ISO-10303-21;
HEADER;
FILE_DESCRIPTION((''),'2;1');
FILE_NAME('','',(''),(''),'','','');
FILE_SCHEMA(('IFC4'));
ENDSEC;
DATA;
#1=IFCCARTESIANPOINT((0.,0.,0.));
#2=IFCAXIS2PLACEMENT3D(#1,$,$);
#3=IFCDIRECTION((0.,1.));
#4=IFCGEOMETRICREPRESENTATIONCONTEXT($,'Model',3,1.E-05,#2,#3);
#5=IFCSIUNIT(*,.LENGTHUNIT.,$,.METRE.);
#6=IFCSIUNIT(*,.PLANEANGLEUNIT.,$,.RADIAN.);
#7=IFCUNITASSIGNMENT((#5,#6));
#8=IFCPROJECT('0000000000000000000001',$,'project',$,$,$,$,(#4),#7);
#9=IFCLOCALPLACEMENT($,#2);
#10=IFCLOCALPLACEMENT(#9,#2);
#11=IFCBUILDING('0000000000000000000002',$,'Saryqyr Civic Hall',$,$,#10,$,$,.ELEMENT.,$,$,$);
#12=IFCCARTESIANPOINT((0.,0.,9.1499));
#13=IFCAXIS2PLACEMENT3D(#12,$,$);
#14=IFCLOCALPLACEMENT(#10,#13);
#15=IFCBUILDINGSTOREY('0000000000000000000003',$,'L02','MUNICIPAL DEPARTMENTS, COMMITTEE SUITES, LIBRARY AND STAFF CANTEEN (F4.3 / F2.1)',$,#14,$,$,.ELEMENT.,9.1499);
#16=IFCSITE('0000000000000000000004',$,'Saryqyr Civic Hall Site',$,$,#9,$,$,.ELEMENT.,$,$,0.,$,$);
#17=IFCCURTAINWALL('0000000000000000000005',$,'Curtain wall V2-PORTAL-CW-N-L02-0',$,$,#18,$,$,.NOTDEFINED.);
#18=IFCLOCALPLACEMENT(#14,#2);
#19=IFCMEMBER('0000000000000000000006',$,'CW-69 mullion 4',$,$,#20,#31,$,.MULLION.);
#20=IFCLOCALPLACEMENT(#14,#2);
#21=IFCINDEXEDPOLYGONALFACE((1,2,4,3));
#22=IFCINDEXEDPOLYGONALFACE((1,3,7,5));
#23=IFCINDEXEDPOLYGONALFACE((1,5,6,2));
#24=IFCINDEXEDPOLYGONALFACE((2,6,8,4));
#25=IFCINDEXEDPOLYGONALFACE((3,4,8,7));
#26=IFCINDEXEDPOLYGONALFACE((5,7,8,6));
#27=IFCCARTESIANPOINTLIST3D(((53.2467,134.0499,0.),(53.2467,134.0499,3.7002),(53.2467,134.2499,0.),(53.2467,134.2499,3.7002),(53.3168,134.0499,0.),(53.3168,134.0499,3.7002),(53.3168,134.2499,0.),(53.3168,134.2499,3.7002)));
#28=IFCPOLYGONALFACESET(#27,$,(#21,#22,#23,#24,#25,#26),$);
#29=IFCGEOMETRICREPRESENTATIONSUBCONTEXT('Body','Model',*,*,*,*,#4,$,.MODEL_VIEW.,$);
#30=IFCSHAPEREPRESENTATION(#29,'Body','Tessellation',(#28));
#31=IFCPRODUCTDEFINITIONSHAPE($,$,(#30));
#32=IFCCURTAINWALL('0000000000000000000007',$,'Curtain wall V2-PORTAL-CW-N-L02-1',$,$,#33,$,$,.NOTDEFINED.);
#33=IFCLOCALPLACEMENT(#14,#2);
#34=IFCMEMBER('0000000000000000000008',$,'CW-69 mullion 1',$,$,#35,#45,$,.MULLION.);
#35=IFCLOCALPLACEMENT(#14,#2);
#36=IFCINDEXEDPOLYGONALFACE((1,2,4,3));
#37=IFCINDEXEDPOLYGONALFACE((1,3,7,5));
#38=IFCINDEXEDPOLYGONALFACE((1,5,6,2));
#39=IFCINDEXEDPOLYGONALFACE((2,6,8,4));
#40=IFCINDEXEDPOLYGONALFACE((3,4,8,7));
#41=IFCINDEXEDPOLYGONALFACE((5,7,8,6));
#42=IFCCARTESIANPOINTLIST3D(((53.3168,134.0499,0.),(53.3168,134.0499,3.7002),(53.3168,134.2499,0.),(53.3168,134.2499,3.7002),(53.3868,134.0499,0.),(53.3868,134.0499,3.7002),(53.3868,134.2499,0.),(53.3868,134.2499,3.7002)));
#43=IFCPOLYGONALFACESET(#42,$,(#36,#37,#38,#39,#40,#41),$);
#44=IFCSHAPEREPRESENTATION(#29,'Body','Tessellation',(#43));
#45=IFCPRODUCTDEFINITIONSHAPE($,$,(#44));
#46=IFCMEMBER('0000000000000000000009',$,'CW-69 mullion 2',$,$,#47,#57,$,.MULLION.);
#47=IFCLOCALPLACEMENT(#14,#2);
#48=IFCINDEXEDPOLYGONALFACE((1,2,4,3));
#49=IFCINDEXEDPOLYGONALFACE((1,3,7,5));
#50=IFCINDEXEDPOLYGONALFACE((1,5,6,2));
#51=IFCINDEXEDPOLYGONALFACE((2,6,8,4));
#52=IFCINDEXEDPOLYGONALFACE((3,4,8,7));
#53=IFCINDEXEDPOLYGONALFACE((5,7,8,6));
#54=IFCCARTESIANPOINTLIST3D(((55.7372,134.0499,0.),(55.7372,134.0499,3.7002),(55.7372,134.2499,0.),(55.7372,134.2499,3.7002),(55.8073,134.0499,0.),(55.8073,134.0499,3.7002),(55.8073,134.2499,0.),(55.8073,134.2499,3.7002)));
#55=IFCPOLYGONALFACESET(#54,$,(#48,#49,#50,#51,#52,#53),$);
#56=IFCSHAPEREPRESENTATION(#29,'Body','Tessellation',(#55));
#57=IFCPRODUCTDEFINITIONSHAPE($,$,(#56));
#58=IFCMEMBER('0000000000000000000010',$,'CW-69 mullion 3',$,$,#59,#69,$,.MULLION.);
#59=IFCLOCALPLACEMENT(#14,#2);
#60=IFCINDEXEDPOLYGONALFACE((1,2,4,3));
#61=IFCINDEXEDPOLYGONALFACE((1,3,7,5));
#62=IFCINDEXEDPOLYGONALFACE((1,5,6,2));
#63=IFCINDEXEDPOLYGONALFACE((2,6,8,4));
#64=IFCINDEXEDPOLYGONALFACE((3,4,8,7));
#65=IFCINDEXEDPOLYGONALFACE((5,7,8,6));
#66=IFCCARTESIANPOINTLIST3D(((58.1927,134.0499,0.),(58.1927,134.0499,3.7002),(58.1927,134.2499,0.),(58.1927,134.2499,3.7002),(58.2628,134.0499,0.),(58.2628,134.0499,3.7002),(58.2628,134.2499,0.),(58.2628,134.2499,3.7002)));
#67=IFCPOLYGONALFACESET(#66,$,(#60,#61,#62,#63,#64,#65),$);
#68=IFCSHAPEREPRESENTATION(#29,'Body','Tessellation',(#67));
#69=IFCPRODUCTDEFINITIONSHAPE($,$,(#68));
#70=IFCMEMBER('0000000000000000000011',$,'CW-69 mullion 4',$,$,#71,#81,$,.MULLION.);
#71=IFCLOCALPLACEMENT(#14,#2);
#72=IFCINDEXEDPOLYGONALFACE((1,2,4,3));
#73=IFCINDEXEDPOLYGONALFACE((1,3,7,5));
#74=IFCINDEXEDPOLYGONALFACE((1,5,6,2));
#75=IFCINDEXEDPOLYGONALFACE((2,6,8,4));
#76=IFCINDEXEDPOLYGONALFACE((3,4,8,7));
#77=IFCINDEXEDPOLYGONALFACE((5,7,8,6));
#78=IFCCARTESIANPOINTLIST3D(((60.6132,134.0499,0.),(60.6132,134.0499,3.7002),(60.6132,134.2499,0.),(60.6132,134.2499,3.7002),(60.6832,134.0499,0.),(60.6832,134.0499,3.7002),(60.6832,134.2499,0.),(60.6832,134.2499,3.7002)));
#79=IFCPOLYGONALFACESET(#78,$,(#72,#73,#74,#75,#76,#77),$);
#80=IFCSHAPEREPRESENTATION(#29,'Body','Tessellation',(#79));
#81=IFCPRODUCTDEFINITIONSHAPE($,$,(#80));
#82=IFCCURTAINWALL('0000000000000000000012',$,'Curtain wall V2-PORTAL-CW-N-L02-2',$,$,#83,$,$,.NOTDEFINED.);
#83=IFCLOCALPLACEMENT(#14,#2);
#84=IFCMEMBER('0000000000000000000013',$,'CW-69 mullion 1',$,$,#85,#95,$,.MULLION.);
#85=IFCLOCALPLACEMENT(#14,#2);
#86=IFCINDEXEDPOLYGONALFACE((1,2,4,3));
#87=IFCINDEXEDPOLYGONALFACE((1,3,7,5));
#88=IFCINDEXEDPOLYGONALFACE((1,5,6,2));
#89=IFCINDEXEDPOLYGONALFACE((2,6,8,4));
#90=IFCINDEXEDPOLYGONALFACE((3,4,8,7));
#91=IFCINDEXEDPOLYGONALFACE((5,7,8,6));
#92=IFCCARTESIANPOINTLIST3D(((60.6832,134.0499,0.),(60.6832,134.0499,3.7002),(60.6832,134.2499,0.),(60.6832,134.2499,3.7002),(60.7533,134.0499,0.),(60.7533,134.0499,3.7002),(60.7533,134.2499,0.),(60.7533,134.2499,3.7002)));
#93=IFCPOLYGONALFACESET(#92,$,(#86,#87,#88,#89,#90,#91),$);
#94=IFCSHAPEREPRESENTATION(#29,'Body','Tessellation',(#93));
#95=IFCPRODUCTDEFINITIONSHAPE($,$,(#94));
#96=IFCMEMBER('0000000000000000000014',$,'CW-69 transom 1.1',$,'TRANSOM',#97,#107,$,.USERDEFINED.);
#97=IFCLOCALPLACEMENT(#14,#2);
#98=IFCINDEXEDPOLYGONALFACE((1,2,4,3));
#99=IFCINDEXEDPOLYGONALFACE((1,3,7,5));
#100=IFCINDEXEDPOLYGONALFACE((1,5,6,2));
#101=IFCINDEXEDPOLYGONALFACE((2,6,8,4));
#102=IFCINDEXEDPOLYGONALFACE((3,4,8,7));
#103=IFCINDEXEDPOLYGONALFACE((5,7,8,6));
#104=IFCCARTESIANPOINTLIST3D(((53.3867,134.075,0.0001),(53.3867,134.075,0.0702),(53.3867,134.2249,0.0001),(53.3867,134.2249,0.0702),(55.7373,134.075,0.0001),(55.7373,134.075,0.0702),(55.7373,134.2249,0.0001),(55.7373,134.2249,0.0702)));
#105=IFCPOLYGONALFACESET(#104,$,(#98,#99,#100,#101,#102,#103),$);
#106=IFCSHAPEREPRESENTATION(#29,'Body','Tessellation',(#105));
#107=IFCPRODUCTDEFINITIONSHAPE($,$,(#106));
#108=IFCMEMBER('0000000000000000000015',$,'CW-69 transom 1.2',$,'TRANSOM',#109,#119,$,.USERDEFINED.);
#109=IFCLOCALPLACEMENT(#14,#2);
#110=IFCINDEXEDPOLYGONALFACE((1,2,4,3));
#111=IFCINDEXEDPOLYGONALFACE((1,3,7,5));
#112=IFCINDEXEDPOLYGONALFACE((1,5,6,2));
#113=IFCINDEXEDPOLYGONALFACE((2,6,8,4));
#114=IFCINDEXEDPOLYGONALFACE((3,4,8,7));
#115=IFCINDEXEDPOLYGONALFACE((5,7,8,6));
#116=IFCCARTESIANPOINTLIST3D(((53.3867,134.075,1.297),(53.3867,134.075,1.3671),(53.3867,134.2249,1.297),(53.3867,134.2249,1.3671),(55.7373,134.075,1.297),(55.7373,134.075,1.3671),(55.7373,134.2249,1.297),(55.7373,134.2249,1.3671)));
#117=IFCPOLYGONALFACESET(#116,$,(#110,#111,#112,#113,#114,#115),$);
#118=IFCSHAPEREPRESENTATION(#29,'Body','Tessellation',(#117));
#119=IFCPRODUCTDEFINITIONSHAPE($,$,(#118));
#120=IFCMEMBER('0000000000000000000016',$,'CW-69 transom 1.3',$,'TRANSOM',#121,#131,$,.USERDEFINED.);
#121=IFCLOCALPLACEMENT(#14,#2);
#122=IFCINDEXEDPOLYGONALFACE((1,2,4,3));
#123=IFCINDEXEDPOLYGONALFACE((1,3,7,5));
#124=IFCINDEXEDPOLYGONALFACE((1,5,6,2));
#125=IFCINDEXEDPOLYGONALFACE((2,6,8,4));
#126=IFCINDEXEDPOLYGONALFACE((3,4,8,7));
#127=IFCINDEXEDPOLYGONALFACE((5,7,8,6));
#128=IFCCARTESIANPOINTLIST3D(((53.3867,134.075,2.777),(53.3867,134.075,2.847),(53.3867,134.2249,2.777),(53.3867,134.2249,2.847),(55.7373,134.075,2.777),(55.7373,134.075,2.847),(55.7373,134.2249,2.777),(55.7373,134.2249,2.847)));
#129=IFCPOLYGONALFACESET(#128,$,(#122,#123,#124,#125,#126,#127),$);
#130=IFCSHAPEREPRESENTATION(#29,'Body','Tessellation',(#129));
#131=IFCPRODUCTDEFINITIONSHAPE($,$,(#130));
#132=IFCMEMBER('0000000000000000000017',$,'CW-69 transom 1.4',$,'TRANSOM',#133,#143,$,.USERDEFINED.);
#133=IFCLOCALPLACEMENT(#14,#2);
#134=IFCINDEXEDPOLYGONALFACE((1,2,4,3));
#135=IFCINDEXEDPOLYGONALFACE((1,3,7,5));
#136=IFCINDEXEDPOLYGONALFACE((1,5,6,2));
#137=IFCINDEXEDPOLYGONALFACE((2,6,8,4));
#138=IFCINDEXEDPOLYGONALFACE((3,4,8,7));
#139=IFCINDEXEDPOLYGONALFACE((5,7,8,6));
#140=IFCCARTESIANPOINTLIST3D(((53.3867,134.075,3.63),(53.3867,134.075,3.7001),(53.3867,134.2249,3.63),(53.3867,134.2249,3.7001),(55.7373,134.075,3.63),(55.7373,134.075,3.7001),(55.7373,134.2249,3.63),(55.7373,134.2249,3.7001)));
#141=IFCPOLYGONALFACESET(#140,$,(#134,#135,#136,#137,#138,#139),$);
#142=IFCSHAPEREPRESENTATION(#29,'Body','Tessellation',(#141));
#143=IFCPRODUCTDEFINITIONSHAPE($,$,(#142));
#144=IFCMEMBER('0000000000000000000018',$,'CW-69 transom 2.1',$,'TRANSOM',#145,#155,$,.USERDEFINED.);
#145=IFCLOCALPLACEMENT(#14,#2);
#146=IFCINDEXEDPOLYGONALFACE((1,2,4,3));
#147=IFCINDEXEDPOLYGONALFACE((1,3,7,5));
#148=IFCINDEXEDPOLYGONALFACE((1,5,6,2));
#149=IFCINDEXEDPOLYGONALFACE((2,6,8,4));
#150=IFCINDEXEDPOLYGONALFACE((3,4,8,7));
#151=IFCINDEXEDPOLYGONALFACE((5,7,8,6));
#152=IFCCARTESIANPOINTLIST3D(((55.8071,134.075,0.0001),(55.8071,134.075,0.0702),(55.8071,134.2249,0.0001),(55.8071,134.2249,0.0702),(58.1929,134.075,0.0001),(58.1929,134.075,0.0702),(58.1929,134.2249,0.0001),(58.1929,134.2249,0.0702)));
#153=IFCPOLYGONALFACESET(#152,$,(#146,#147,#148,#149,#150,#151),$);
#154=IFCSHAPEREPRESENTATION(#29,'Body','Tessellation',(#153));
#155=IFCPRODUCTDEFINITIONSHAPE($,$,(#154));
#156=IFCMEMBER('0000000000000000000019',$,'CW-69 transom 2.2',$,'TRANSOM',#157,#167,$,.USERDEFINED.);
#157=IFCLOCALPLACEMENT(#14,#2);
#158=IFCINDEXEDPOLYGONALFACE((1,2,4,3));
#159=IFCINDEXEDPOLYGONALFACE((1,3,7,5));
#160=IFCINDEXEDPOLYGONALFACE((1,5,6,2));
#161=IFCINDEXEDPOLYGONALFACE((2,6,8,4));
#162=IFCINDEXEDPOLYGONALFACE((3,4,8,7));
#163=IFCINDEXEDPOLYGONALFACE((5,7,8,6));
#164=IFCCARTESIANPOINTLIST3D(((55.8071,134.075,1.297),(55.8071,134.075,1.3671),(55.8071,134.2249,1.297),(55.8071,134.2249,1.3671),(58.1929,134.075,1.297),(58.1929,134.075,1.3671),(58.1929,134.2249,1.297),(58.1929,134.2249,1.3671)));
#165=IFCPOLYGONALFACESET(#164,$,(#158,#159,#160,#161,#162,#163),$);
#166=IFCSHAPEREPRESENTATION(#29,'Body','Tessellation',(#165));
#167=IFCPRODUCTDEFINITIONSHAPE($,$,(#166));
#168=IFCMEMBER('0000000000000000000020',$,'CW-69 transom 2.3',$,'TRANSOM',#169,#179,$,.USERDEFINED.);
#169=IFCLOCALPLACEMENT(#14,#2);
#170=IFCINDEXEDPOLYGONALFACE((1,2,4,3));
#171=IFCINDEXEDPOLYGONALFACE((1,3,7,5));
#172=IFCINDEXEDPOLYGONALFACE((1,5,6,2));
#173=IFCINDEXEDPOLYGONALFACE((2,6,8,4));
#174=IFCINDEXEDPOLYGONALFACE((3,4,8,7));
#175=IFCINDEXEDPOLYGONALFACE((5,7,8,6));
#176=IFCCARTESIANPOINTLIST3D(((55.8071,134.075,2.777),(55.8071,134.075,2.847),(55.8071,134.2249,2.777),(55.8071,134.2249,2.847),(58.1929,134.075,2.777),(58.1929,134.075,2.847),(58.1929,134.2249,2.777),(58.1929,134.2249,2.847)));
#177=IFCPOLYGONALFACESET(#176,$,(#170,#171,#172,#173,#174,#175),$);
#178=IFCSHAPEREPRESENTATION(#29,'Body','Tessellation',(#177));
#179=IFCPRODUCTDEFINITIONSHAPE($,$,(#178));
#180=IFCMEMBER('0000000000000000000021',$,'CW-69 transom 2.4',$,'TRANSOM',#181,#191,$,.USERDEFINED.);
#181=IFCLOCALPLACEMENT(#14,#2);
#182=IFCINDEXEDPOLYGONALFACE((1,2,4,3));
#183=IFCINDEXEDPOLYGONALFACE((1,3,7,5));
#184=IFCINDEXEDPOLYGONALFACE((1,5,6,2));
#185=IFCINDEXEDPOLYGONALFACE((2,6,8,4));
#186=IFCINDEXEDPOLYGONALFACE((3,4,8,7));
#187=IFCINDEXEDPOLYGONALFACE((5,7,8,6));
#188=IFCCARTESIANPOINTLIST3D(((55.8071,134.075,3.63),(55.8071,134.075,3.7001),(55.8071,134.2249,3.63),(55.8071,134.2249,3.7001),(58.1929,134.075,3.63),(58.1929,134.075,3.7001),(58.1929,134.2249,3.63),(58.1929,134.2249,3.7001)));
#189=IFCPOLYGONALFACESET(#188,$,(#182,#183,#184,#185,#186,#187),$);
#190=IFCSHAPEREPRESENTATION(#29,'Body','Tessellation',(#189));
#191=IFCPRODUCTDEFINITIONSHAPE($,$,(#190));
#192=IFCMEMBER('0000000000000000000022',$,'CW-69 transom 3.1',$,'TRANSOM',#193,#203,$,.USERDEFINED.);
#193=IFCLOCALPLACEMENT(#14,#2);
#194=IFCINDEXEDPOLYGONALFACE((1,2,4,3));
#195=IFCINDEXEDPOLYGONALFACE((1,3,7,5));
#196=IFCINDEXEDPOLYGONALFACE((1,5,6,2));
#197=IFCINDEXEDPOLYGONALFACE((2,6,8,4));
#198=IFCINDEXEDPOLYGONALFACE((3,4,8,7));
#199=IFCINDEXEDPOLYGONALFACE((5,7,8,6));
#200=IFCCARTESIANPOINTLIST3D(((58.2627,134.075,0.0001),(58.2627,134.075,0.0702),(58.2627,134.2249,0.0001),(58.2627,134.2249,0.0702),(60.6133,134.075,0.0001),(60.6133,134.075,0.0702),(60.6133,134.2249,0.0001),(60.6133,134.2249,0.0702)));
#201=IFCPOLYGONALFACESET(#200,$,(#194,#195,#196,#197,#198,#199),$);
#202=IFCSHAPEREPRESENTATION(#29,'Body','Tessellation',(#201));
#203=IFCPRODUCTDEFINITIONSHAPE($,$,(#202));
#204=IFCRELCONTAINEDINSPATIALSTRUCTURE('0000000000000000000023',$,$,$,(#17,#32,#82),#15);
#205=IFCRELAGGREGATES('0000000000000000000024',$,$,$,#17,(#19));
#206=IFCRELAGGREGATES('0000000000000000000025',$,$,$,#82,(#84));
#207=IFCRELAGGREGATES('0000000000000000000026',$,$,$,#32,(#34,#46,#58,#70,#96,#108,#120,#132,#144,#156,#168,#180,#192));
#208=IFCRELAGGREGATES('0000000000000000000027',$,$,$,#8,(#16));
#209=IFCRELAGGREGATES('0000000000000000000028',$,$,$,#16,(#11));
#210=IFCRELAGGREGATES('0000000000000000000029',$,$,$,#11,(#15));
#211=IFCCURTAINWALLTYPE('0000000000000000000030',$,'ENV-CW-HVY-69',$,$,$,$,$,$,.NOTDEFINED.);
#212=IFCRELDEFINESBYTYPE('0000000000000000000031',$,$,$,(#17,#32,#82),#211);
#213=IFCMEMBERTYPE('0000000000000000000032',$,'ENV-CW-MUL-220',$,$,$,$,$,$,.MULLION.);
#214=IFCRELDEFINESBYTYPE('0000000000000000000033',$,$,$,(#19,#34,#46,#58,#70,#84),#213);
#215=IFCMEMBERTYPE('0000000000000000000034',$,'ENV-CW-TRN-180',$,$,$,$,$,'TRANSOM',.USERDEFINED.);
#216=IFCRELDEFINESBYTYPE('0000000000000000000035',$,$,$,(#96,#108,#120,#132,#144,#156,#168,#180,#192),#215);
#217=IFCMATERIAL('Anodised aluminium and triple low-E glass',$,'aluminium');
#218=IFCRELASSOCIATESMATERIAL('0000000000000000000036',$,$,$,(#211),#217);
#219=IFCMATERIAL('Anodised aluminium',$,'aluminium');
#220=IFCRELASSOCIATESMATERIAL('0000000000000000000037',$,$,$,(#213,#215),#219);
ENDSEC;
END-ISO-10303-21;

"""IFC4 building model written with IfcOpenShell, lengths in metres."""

from ifc_helpers import new_model, si_unit, direction, frame, origin, origin_2d, place, context, subcontext, project, spatial, rectangle, extrude, material, material_profile, profile_set, type_object, element, aggregate, save


model = new_model("IFC4")

# Units and contexts
model_context = context("Model", 3, precision=1e-05, world=origin(), true_north=direction((0.0, 1.0)))
body_context = subcontext(model_context, "Body", "Model", "MODEL_VIEW")
ifc_project = project(units=[si_unit("LENGTHUNIT", "METRE"), si_unit("PLANEANGLEUNIT", "RADIAN")], contexts=[model_context])

# Site, building, storey
site_placement = place(None, origin())
site = spatial("IfcSite", under=ifc_project, at=site_placement, Name="Saryqyr Civic Hall Site", CompositionType="ELEMENT", RefElevation=0.0)
building_placement = place(site_placement, origin())
building = spatial("IfcBuilding", under=site, at=building_placement, Name="Saryqyr Civic Hall", CompositionType="ELEMENT")
storey_placement = place(building_placement, frame((0.0, 0.0, 9.1499)))
storey = spatial("IfcBuildingStorey", under=building, at=storey_placement, Name="L02", Description="MUNICIPAL DEPARTMENTS, COMMITTEE SUITES, LIBRARY AND STAFF CANTEEN (F4.3 / F2.1)", CompositionType="ELEMENT", Elevation=9.1499)

# Curtain wall, member
ifc_material_1 = material(Name="Anodised aluminium and triple low-E glass", Category="aluminium")
curtain_wall_type = type_object("IfcCurtainWallType", Name="ENV-CW-HVY-69", PredefinedType="NOTDEFINED", material=ifc_material_1)
curtain_wall_1_placement = place(storey_placement, origin())
curtain_wall_1 = element("IfcCurtainWall", 1, at=curtain_wall_1_placement, inside=storey, type_object=curtain_wall_type, Name="Curtain wall V2-PORTAL-CW-N-L02-0", PredefinedType="NOTDEFINED")
ifc_material_2 = material(Name="Anodised aluminium", Category="aluminium")
ifc_material_profile_1 = material_profile(ifc_material_2, rectangle(XDim=0.0701, YDim=0.2, at=origin_2d()), Name="ALU MULLION 70x200")
ifc_profile_set_1 = profile_set([ifc_material_profile_1], Name="Anodised aluminium")
member_type_1 = type_object("IfcMemberType", Name="ENV-CW-MUL-220", PredefinedType="MULLION", material=ifc_profile_set_1)
member_1_placement = place(storey_placement, frame((53.2817, 134.1499, 0.0), z_axis=(0.0, 0.0, 1.0), x_axis=(1.0, 0.0, 0.0)))
member_1 = element("IfcMember", 2, at=member_1_placement, type_object=member_type_1, Name="CW-69 mullion 4", PredefinedType="MULLION", context=body_context, shape_type="SweptSolid", body=[
    extrude(rectangle(XDim=0.0701, YDim=0.2, at=origin_2d()), origin(), (0.0, 0.0, 1.0), 3.7002),
])
aggregate(curtain_wall_1, [member_1])

# Curtain wall, members
curtain_wall_2_placement = place(storey_placement, origin())
curtain_wall_2 = element("IfcCurtainWall", 3, at=curtain_wall_2_placement, inside=storey, type_object=curtain_wall_type, Name="Curtain wall V2-PORTAL-CW-N-L02-1", PredefinedType="NOTDEFINED")
member_2_placement = place(storey_placement, frame((53.3518, 134.1499, 0.0), z_axis=(0.0, 0.0, 1.0), x_axis=(1.0, 0.0, 0.0)))
member_2 = element("IfcMember", 4, at=member_2_placement, type_object=member_type_1, Name="CW-69 mullion 1", PredefinedType="MULLION", context=body_context, shape_type="SweptSolid", body=[
    extrude(rectangle(XDim=0.0701, YDim=0.2, at=origin_2d()), origin(), (0.0, 0.0, 1.0), 3.7002),
])
member_3_placement = place(storey_placement, frame((55.7722, 134.1499, 0.0), z_axis=(0.0, 0.0, 1.0), x_axis=(1.0, 0.0, 0.0)))
member_3 = element("IfcMember", 5, at=member_3_placement, type_object=member_type_1, Name="CW-69 mullion 2", PredefinedType="MULLION", context=body_context, shape_type="SweptSolid", body=[
    extrude(rectangle(XDim=0.0701, YDim=0.2, at=origin_2d()), origin(), (0.0, 0.0, 1.0), 3.7002),
])
member_4_placement = place(storey_placement, frame((58.2278, 134.1499, 0.0), z_axis=(0.0, 0.0, 1.0), x_axis=(1.0, 0.0, 0.0)))
member_4 = element("IfcMember", 6, at=member_4_placement, type_object=member_type_1, Name="CW-69 mullion 3", PredefinedType="MULLION", context=body_context, shape_type="SweptSolid", body=[
    extrude(rectangle(XDim=0.0701, YDim=0.2, at=origin_2d()), origin(), (0.0, 0.0, 1.0), 3.7002),
])
member_5_placement = place(storey_placement, frame((60.6482, 134.1499, 0.0), z_axis=(0.0, 0.0, 1.0), x_axis=(1.0, 0.0, 0.0)))
member_5 = element("IfcMember", 7, at=member_5_placement, type_object=member_type_1, Name="CW-69 mullion 4", PredefinedType="MULLION", context=body_context, shape_type="SweptSolid", body=[
    extrude(rectangle(XDim=0.0701, YDim=0.2, at=origin_2d()), origin(), (0.0, 0.0, 1.0), 3.7002),
])

# Curtain wall, member
curtain_wall_3_placement = place(storey_placement, origin())
curtain_wall_3 = element("IfcCurtainWall", 8, at=curtain_wall_3_placement, inside=storey, type_object=curtain_wall_type, Name="Curtain wall V2-PORTAL-CW-N-L02-2", PredefinedType="NOTDEFINED")
member_6_placement = place(storey_placement, frame((60.7183, 134.1499, 0.0), z_axis=(0.0, 0.0, 1.0), x_axis=(1.0, 0.0, 0.0)))
member_6 = element("IfcMember", 9, at=member_6_placement, type_object=member_type_1, Name="CW-69 mullion 1", PredefinedType="MULLION", context=body_context, shape_type="SweptSolid", body=[
    extrude(rectangle(XDim=0.0701, YDim=0.2, at=origin_2d()), origin(), (0.0, 0.0, 1.0), 3.7002),
])

# Members
ifc_material_profile_2 = material_profile(ifc_material_2, rectangle(XDim=0.1499, YDim=0.0701, at=origin_2d()), Name="ALU TRANSOM 150x70")
ifc_profile_set_2 = profile_set([ifc_material_profile_2], Name="Anodised aluminium")
member_type_2 = type_object("IfcMemberType", Name="ENV-CW-TRN-180", ElementType="TRANSOM", PredefinedType="USERDEFINED", material=ifc_profile_set_2)
member_7_placement = place(storey_placement, frame((53.3867, 134.1499, 0.0352), z_axis=(1.0, 0.0, 0.0), x_axis=(0.0, 1.0, 0.0)))
member_7 = element("IfcMember", 10, at=member_7_placement, type_object=member_type_2, Name="CW-69 transom 1.1", ObjectType="TRANSOM", PredefinedType="USERDEFINED", context=body_context, shape_type="SweptSolid", body=[
    extrude(rectangle(XDim=0.1499, YDim=0.0701, at=origin_2d()), origin(), (0.0, 0.0, 1.0), 2.3506),
])
member_8_placement = place(storey_placement, frame((53.3867, 134.1499, 1.332), z_axis=(1.0, 0.0, 0.0), x_axis=(0.0, 1.0, 0.0)))
member_8 = element("IfcMember", 11, at=member_8_placement, type_object=member_type_2, Name="CW-69 transom 1.2", ObjectType="TRANSOM", PredefinedType="USERDEFINED", context=body_context, shape_type="SweptSolid", body=[
    extrude(rectangle(XDim=0.1499, YDim=0.0701, at=origin_2d()), origin(), (0.0, 0.0, 1.0), 2.3506),
])
member_9_placement = place(storey_placement, frame((53.3867, 134.1499, 2.812), z_axis=(1.0, 0.0, 0.0), x_axis=(0.0, 1.0, 0.0)))
member_9 = element("IfcMember", 12, at=member_9_placement, type_object=member_type_2, Name="CW-69 transom 1.3", ObjectType="TRANSOM", PredefinedType="USERDEFINED", context=body_context, shape_type="SweptSolid", body=[
    extrude(rectangle(XDim=0.1499, YDim=0.0701, at=origin_2d()), origin(), (0.0, 0.0, 1.0), 2.3506),
])
member_10_placement = place(storey_placement, frame((53.3867, 134.1499, 3.665), z_axis=(1.0, 0.0, 0.0), x_axis=(0.0, 1.0, 0.0)))
member_10 = element("IfcMember", 13, at=member_10_placement, type_object=member_type_2, Name="CW-69 transom 1.4", ObjectType="TRANSOM", PredefinedType="USERDEFINED", context=body_context, shape_type="SweptSolid", body=[
    extrude(rectangle(XDim=0.1499, YDim=0.0701, at=origin_2d()), origin(), (0.0, 0.0, 1.0), 2.3506),
])
member_11_placement = place(storey_placement, frame((55.8071, 134.1499, 0.0352), z_axis=(1.0, 0.0, 0.0), x_axis=(0.0, 1.0, 0.0)))
member_11 = element("IfcMember", 14, at=member_11_placement, type_object=member_type_2, Name="CW-69 transom 2.1", ObjectType="TRANSOM", PredefinedType="USERDEFINED", context=body_context, shape_type="SweptSolid", body=[
    extrude(rectangle(XDim=0.1499, YDim=0.0701, at=origin_2d()), origin(), (0.0, 0.0, 1.0), 2.3857),
])
member_12_placement = place(storey_placement, frame((55.8071, 134.1499, 1.332), z_axis=(1.0, 0.0, 0.0), x_axis=(0.0, 1.0, 0.0)))
member_12 = element("IfcMember", 15, at=member_12_placement, type_object=member_type_2, Name="CW-69 transom 2.2", ObjectType="TRANSOM", PredefinedType="USERDEFINED", context=body_context, shape_type="SweptSolid", body=[
    extrude(rectangle(XDim=0.1499, YDim=0.0701, at=origin_2d()), origin(), (0.0, 0.0, 1.0), 2.3857),
])
member_13_placement = place(storey_placement, frame((55.8071, 134.1499, 2.812), z_axis=(1.0, 0.0, 0.0), x_axis=(0.0, 1.0, 0.0)))
member_13 = element("IfcMember", 16, at=member_13_placement, type_object=member_type_2, Name="CW-69 transom 2.3", ObjectType="TRANSOM", PredefinedType="USERDEFINED", context=body_context, shape_type="SweptSolid", body=[
    extrude(rectangle(XDim=0.1499, YDim=0.0701, at=origin_2d()), origin(), (0.0, 0.0, 1.0), 2.3857),
])
member_14_placement = place(storey_placement, frame((55.8071, 134.1499, 3.665), z_axis=(1.0, 0.0, 0.0), x_axis=(0.0, 1.0, 0.0)))
member_14 = element("IfcMember", 17, at=member_14_placement, type_object=member_type_2, Name="CW-69 transom 2.4", ObjectType="TRANSOM", PredefinedType="USERDEFINED", context=body_context, shape_type="SweptSolid", body=[
    extrude(rectangle(XDim=0.1499, YDim=0.0701, at=origin_2d()), origin(), (0.0, 0.0, 1.0), 2.3857),
])
member_15_placement = place(storey_placement, frame((58.2627, 134.1499, 0.0352), z_axis=(1.0, 0.0, 0.0), x_axis=(0.0, 1.0, 0.0)))
member_15 = element("IfcMember", 18, at=member_15_placement, type_object=member_type_2, Name="CW-69 transom 3.1", ObjectType="TRANSOM", PredefinedType="USERDEFINED", context=body_context, shape_type="SweptSolid", body=[
    extrude(rectangle(XDim=0.1499, YDim=0.0701, at=origin_2d()), origin(), (0.0, 0.0, 1.0), 2.3506),
])
aggregate(curtain_wall_3, [member_6])

aggregate(curtain_wall_2, [member_2, member_3, member_4, member_5, member_7, member_8, member_9, member_10, member_11, member_12, member_13, member_14, member_15])

save(model, "model.ifc")
